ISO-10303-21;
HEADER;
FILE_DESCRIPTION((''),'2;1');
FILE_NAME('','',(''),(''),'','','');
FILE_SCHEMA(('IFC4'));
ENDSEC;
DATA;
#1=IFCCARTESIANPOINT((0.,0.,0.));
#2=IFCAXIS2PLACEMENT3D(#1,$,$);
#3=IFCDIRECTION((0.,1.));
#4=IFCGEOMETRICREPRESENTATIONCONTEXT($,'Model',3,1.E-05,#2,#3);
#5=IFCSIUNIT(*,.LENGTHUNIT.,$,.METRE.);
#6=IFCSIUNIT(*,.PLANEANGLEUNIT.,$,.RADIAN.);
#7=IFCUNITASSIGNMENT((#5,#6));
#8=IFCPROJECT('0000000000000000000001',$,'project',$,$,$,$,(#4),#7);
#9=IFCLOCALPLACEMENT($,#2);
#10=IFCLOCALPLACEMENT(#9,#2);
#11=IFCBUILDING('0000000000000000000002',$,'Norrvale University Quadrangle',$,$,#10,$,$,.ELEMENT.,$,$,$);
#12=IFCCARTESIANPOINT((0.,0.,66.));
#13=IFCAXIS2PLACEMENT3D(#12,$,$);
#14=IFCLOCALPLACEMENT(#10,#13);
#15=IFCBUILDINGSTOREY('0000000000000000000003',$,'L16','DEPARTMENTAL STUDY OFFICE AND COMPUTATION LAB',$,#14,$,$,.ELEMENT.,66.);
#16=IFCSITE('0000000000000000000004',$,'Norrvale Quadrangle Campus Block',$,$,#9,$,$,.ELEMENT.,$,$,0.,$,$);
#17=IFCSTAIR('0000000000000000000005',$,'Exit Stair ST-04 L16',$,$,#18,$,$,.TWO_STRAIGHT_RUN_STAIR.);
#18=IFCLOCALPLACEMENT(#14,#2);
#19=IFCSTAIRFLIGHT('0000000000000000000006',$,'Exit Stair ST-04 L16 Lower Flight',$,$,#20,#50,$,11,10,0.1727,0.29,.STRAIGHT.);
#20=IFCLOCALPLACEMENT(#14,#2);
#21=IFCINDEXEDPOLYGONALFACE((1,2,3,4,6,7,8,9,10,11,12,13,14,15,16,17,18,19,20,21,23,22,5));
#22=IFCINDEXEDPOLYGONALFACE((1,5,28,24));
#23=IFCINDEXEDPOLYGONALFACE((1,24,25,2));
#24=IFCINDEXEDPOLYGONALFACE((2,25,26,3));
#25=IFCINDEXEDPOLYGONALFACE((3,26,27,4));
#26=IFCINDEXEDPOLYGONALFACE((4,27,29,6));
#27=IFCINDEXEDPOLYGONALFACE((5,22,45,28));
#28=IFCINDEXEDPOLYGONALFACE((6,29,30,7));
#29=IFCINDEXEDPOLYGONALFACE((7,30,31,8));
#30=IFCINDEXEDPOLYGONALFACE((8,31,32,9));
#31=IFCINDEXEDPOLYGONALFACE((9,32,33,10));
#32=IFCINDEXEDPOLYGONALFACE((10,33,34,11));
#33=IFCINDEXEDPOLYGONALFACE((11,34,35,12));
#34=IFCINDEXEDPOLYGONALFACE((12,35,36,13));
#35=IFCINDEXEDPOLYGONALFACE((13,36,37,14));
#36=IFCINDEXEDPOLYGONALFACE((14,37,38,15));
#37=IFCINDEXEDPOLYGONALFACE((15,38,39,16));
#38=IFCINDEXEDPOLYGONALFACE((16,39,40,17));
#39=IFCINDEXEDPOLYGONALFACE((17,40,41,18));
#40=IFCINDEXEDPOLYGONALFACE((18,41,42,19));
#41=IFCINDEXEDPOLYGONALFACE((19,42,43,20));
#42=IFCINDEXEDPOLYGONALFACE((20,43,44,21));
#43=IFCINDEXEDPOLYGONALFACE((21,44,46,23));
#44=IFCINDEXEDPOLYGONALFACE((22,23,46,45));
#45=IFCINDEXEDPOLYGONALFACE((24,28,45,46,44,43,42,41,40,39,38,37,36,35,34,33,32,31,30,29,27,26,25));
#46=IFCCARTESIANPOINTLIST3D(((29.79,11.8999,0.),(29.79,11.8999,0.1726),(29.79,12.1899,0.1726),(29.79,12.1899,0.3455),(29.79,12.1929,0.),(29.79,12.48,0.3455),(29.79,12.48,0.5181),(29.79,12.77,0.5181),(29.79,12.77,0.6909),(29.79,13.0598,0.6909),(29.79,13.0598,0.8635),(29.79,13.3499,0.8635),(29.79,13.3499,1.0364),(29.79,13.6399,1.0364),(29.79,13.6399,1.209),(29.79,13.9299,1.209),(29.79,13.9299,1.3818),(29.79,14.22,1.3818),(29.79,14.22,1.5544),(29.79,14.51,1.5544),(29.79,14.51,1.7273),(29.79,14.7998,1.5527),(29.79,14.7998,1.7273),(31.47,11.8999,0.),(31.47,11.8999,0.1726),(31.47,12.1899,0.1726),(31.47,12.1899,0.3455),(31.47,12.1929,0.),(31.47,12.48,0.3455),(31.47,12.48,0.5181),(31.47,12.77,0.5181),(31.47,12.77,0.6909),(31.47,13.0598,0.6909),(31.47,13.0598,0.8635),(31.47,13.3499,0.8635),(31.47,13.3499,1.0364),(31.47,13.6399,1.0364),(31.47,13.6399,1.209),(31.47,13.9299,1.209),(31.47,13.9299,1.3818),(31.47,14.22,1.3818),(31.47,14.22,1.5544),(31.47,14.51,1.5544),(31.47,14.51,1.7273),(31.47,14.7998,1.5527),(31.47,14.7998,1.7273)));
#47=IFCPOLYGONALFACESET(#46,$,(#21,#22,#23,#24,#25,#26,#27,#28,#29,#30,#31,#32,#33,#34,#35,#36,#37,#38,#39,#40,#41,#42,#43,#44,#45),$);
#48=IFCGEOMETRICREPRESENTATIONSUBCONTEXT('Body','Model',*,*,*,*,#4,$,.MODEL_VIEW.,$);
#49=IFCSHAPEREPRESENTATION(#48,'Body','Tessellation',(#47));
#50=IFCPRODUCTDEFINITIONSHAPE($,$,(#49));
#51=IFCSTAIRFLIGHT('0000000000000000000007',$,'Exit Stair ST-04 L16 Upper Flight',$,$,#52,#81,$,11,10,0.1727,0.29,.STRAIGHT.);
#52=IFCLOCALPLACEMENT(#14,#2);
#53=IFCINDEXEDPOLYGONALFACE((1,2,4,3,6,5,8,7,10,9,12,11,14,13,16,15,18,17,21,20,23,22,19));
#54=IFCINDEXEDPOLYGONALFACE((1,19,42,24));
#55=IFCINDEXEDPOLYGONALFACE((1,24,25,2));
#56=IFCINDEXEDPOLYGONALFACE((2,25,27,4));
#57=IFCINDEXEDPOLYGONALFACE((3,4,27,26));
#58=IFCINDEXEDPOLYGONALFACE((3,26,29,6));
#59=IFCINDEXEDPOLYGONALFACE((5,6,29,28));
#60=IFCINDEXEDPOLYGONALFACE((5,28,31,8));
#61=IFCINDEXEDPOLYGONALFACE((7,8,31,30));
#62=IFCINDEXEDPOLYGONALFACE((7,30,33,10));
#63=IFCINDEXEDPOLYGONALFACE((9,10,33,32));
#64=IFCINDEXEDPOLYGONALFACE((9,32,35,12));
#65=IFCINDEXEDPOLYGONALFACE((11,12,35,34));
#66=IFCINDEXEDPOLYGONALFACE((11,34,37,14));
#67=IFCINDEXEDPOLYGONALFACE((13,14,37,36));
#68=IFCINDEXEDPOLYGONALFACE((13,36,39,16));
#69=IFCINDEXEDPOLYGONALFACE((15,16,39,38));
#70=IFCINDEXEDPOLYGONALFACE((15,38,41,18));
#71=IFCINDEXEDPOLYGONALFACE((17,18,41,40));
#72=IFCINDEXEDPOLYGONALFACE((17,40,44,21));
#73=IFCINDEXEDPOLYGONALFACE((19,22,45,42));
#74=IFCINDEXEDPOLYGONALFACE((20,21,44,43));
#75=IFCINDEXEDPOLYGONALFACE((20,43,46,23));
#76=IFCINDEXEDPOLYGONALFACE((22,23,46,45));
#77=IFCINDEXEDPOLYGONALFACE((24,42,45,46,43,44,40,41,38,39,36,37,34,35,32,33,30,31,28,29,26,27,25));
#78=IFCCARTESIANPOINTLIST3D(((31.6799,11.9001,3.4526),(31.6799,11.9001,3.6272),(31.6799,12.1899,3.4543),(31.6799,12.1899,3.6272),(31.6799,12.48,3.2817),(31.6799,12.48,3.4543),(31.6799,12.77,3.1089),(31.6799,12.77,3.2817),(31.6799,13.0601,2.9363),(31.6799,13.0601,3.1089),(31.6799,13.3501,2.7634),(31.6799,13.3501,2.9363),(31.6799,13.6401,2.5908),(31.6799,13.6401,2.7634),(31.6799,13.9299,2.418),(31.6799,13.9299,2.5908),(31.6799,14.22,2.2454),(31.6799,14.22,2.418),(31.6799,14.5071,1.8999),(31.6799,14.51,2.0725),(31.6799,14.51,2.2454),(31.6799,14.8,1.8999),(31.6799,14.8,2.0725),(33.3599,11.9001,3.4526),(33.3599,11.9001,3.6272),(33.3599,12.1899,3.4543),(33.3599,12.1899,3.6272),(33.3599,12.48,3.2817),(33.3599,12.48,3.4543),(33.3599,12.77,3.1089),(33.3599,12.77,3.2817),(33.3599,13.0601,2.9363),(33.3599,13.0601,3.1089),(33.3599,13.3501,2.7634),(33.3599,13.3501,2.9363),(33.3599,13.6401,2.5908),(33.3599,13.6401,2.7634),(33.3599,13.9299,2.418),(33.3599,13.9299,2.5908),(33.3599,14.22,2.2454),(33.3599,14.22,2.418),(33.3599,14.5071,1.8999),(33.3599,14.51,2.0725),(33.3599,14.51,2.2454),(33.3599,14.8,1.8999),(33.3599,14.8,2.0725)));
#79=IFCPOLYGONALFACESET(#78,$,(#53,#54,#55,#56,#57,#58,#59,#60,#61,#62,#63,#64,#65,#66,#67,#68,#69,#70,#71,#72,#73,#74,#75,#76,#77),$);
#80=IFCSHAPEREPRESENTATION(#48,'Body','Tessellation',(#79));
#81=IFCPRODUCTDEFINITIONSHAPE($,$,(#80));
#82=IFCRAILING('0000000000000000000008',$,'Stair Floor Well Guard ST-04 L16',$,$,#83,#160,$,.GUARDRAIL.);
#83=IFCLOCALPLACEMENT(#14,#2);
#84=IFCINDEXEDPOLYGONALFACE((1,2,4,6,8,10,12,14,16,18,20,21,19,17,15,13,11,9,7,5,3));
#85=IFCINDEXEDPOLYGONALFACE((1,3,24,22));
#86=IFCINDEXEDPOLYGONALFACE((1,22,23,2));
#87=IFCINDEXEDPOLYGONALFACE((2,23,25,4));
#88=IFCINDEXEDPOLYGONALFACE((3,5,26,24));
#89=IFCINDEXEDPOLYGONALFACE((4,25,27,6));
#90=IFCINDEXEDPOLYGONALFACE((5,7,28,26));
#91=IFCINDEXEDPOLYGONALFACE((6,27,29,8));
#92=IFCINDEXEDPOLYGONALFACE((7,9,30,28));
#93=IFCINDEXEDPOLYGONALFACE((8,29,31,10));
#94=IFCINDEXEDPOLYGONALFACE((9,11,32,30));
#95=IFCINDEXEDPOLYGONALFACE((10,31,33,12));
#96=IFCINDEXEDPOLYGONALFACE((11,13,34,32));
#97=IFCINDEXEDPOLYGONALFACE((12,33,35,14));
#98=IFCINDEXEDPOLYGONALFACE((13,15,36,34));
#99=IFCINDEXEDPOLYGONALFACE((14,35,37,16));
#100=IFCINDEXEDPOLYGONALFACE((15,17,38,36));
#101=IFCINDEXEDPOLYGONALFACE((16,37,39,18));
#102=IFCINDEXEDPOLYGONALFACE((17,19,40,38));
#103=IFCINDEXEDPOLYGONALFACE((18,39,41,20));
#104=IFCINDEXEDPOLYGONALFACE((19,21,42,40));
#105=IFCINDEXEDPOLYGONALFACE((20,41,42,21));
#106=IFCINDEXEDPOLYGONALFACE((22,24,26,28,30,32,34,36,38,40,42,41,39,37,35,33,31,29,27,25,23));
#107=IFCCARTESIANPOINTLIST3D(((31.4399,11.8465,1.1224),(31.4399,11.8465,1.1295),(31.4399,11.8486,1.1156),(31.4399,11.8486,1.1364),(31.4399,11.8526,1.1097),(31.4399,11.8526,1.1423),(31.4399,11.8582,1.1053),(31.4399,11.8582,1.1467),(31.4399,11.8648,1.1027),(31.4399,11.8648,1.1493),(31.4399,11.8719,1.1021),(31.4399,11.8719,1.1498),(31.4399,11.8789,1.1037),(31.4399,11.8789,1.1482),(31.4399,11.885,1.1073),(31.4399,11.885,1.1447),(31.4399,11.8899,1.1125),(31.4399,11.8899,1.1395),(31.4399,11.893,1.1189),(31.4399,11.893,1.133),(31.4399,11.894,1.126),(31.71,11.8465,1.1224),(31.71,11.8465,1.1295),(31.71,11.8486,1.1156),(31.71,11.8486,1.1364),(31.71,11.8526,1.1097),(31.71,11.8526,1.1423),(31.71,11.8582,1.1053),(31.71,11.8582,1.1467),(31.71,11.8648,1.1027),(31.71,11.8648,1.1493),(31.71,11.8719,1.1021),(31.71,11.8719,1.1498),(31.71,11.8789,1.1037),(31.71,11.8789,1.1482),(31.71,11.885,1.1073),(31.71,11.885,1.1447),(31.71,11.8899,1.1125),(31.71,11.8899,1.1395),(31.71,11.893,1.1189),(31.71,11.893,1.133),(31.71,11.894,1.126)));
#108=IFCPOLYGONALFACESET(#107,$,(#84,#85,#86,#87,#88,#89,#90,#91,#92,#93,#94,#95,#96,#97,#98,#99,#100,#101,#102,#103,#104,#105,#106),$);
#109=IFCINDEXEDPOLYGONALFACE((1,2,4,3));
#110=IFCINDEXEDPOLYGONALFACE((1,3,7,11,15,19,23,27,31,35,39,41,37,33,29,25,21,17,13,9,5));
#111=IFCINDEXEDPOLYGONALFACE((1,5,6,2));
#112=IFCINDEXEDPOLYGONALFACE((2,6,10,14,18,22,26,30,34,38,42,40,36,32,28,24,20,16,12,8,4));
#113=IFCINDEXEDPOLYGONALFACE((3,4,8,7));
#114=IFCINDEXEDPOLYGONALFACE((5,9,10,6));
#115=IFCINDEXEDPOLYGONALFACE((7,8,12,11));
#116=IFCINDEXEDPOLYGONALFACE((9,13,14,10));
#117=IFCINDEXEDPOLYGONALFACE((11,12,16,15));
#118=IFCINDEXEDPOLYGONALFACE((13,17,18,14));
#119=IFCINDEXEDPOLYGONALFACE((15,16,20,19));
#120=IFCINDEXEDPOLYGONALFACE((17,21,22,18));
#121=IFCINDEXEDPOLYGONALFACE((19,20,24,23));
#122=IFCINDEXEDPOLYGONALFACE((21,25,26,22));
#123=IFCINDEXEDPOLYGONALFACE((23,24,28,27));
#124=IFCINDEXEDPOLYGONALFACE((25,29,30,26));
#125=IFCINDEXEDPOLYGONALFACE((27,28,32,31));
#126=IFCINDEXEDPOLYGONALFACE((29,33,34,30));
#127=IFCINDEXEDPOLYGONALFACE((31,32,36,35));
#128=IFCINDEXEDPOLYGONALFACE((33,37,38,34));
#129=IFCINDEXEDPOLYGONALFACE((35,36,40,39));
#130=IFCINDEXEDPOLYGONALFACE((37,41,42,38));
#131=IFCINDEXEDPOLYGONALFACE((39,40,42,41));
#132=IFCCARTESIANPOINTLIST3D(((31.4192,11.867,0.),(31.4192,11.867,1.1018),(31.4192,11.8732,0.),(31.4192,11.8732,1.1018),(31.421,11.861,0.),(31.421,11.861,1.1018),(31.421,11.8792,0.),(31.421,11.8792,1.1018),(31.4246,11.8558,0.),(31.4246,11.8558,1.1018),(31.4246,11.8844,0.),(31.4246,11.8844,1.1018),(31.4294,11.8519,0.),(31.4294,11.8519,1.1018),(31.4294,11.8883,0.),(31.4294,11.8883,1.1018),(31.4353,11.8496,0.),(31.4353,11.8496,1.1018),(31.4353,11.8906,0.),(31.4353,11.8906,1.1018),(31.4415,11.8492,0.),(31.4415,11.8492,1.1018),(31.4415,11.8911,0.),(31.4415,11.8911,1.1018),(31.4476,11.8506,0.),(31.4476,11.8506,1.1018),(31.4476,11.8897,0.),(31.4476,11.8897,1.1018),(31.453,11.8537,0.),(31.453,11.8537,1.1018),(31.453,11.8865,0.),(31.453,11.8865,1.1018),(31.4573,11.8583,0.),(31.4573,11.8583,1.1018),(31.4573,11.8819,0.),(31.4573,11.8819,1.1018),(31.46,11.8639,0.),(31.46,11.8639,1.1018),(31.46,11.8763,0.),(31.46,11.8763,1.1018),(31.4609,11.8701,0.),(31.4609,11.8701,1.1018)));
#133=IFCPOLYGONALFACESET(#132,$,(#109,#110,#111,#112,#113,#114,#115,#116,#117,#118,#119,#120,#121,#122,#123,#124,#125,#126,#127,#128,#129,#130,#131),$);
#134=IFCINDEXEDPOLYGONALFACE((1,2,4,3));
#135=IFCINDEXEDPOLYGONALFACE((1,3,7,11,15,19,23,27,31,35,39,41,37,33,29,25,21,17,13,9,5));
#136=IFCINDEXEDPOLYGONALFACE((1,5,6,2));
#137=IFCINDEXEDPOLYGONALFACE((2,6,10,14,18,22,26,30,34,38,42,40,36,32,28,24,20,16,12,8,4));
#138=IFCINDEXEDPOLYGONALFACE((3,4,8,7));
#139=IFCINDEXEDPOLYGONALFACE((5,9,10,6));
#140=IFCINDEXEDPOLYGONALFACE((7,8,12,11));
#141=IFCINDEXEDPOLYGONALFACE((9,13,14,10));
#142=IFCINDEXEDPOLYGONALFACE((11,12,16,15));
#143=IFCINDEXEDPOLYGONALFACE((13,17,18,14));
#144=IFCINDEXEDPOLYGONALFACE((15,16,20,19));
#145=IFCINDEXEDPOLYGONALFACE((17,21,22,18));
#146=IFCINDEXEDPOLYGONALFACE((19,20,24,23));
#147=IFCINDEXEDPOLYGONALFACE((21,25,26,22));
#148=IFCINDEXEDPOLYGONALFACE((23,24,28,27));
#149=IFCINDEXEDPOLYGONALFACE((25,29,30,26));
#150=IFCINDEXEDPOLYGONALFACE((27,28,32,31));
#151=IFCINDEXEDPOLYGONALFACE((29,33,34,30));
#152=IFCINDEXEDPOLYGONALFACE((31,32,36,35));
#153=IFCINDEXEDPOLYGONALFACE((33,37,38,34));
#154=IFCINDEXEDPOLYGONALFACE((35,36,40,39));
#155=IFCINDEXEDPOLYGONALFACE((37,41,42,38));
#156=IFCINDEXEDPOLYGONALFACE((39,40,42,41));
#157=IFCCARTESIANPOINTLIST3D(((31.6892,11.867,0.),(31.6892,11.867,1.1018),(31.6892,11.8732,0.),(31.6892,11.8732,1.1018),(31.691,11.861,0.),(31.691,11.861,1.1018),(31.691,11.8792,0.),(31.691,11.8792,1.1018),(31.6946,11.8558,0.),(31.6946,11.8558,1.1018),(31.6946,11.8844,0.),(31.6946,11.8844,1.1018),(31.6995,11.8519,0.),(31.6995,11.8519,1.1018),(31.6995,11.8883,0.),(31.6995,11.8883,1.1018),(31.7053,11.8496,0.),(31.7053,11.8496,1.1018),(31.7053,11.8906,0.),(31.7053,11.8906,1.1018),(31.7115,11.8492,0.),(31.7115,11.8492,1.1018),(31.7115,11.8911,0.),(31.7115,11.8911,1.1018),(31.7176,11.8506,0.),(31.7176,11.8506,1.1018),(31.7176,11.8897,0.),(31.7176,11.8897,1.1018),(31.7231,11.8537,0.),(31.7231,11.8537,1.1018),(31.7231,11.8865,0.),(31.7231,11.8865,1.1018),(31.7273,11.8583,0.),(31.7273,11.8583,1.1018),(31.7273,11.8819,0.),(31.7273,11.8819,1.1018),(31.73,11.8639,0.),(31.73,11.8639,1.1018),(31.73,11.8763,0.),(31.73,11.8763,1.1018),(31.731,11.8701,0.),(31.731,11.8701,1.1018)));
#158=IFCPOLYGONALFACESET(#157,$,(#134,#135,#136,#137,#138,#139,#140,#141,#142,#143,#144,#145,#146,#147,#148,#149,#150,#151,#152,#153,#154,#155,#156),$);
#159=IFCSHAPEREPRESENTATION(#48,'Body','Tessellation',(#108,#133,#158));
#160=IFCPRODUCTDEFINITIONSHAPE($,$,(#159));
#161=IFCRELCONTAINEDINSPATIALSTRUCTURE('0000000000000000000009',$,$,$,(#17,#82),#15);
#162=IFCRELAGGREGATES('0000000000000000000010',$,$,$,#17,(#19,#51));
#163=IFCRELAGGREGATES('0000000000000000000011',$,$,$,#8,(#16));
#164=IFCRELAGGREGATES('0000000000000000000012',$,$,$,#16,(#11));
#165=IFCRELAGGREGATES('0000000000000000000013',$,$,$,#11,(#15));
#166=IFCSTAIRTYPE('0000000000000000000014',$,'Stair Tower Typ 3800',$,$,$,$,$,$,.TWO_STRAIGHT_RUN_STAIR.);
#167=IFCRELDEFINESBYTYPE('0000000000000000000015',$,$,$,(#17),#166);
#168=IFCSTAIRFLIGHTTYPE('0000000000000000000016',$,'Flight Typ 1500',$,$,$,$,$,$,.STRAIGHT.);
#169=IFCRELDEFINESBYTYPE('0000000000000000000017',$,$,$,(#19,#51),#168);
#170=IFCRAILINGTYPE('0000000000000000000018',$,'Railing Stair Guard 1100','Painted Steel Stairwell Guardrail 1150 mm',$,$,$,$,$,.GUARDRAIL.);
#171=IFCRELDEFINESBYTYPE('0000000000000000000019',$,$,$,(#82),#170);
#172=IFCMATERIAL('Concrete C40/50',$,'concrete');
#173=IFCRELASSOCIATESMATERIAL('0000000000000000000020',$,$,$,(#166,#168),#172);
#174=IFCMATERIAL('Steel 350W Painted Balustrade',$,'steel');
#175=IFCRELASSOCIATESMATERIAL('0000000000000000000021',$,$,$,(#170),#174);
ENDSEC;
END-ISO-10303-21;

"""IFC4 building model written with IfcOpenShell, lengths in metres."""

from ifc_helpers import new_model, si_unit, direction, frame, origin, origin_2d, place, context, subcontext, project, spatial, polyline, circle, outline, extrude, material, type_object, element, aggregate, save


model = new_model("IFC4")

# Units and contexts
model_context = context("Model", 3, precision=1e-05, world=origin(), true_north=direction((0.0, 1.0)))
body_context = subcontext(model_context, "Body", "Model", "MODEL_VIEW")
ifc_project = project(units=[si_unit("LENGTHUNIT", "METRE"), si_unit("PLANEANGLEUNIT", "RADIAN")], contexts=[model_context])

# Site, building, storey
site_placement = place(None, origin())
site = spatial("IfcSite", under=ifc_project, at=site_placement, Name="Norrvale Quadrangle Campus Block", CompositionType="ELEMENT", RefElevation=0.0)
building_placement = place(site_placement, origin())
building = spatial("IfcBuilding", under=site, at=building_placement, Name="Norrvale University Quadrangle", CompositionType="ELEMENT")
storey_placement = place(building_placement, frame((0.0, 0.0, 66.0)))
storey = spatial("IfcBuildingStorey", under=building, at=storey_placement, Name="L16", Description="DEPARTMENTAL STUDY OFFICE AND COMPUTATION LAB", CompositionType="ELEMENT", Elevation=66.0)

# Stair, stair flights
ifc_material_1 = material(Name="Concrete C40/50", Category="concrete")
stair_type = type_object("IfcStairType", Name="Stair Tower Typ 3800", PredefinedType="TWO_STRAIGHT_RUN_STAIR", material=ifc_material_1)
stair_placement = place(storey_placement, origin())
stair = element("IfcStair", 1, at=stair_placement, inside=storey, type_object=stair_type, Name="Exit Stair ST-04 L16", PredefinedType="TWO_STRAIGHT_RUN_STAIR")
stair_flight_type = type_object("IfcStairFlightType", Name="Flight Typ 1500", PredefinedType="STRAIGHT", material=ifc_material_1)
stair_flight_1_placement = place(storey_placement, frame((30.6299, 11.8999, 0.0), z_axis=(0.0, 0.0, 1.0), x_axis=(0.0, 1.0, 0.0)))
stair_flight_1 = element("IfcStairFlight", 2, at=stair_flight_1_placement, type_object=stair_flight_type, Name="Exit Stair ST-04 L16 Lower Flight", NumberOfRisers=11, NumberOfTreads=10, PredefinedType="STRAIGHT", RiserHeight=0.1727, TreadLength=0.29, context=body_context, shape_type="SweptSolid", body=[
    extrude(outline(polyline([(0.0, 0.0), (0.0, 0.1726), (0.29, 0.1726), (0.29, 0.3455), (0.5801, 0.3455), (0.5801, 0.5181), (0.8701, 0.5181), (0.8701, 0.6909), (1.1599, 0.6909), (1.1599, 0.8635), (1.45, 0.8635), (1.45, 1.0364), (1.74, 1.0364), (1.74, 1.209), (2.03, 1.209), (2.03, 1.3818), (2.3201, 1.3818), (2.3201, 1.5544), (2.6101, 1.5544), (2.6101, 1.7273), (2.8999, 1.7273), (2.8999, 1.8999), (2.8999, 1.5527), (0.293, 0.0), (0.0, 0.0)])), frame((0.0, 0.8398, 0.0), z_axis=(0.0, -1.0, 0.0), x_axis=(1.0, 0.0, 0.0)), (0.0, 0.0, 1.0), 1.6799),
])
stair_flight_2_placement = place(storey_placement, frame((32.52, 14.8, 1.8999), z_axis=(0.0, 0.0, 1.0), x_axis=(0.0, -1.0, 0.0)))
stair_flight_2 = element("IfcStairFlight", 3, at=stair_flight_2_placement, type_object=stair_flight_type, Name="Exit Stair ST-04 L16 Upper Flight", NumberOfRisers=11, NumberOfTreads=10, PredefinedType="STRAIGHT", RiserHeight=0.1727, TreadLength=0.29, context=body_context, shape_type="SweptSolid", body=[
    extrude(outline(polyline([(0.0, 0.0), (0.0, 0.1726), (0.29, 0.1726), (0.29, 0.3455), (0.5801, 0.3455), (0.5801, 0.5181), (0.8701, 0.5181), (0.8701, 0.6909), (1.1599, 0.6909), (1.1599, 0.8635), (1.45, 0.8635), (1.45, 1.0364), (1.74, 1.0364), (1.74, 1.209), (2.03, 1.209), (2.03, 1.3818), (2.3201, 1.3818), (2.3201, 1.5544), (2.6101, 1.5544), (2.6101, 1.7273), (2.8999, 1.7273), (2.8999, 1.8999), (2.8999, 1.5527), (0.293, 0.0), (0.0, 0.0)])), frame((0.0, 0.8398, 0.0), z_axis=(0.0, -1.0, 0.0), x_axis=(1.0, 0.0, 0.0)), (0.0, 0.0, 1.0), 1.6799),
])
aggregate(stair, [stair_flight_1, stair_flight_2])

# Railing
ifc_material_2 = material(Name="Steel 350W Painted Balustrade", Category="steel")
railing_type_1 = type_object("IfcRailingType", Name="Railing Stair Guard 1100", Description="Painted Steel Stairwell Guardrail 1150 mm", PredefinedType="GUARDRAIL", material=ifc_material_2)
for number, where, name in (
    (4, (31.4399, 11.8701, 0.0), "Stair Floor Well Guard ST-04 L16"),
):
    element("IfcRailing", number, at=place(storey_placement, frame(where)), inside=storey, type_object=railing_type_1, Name=name, PredefinedType="GUARDRAIL", context=body_context, shape_type="SweptSolid", body=[
        extrude(circle(Radius=0.0239, at=origin_2d()), frame((0.0, 0.0, 1.126), z_axis=(1.0, 0.0, 0.0), x_axis=(0.0, 1.0, 0.0)), (0.0, 0.0, 1.0), 0.27),
        extrude(circle(Radius=0.021, at=origin_2d()), origin(), (0.0, 0.0, 1.0), 1.1018),
        extrude(circle(Radius=0.021, at=origin_2d()), frame((0.27, 0.0, 0.0)), (0.0, 0.0, 1.0), 1.1018),
    ])

save(model, "model.ifc")
